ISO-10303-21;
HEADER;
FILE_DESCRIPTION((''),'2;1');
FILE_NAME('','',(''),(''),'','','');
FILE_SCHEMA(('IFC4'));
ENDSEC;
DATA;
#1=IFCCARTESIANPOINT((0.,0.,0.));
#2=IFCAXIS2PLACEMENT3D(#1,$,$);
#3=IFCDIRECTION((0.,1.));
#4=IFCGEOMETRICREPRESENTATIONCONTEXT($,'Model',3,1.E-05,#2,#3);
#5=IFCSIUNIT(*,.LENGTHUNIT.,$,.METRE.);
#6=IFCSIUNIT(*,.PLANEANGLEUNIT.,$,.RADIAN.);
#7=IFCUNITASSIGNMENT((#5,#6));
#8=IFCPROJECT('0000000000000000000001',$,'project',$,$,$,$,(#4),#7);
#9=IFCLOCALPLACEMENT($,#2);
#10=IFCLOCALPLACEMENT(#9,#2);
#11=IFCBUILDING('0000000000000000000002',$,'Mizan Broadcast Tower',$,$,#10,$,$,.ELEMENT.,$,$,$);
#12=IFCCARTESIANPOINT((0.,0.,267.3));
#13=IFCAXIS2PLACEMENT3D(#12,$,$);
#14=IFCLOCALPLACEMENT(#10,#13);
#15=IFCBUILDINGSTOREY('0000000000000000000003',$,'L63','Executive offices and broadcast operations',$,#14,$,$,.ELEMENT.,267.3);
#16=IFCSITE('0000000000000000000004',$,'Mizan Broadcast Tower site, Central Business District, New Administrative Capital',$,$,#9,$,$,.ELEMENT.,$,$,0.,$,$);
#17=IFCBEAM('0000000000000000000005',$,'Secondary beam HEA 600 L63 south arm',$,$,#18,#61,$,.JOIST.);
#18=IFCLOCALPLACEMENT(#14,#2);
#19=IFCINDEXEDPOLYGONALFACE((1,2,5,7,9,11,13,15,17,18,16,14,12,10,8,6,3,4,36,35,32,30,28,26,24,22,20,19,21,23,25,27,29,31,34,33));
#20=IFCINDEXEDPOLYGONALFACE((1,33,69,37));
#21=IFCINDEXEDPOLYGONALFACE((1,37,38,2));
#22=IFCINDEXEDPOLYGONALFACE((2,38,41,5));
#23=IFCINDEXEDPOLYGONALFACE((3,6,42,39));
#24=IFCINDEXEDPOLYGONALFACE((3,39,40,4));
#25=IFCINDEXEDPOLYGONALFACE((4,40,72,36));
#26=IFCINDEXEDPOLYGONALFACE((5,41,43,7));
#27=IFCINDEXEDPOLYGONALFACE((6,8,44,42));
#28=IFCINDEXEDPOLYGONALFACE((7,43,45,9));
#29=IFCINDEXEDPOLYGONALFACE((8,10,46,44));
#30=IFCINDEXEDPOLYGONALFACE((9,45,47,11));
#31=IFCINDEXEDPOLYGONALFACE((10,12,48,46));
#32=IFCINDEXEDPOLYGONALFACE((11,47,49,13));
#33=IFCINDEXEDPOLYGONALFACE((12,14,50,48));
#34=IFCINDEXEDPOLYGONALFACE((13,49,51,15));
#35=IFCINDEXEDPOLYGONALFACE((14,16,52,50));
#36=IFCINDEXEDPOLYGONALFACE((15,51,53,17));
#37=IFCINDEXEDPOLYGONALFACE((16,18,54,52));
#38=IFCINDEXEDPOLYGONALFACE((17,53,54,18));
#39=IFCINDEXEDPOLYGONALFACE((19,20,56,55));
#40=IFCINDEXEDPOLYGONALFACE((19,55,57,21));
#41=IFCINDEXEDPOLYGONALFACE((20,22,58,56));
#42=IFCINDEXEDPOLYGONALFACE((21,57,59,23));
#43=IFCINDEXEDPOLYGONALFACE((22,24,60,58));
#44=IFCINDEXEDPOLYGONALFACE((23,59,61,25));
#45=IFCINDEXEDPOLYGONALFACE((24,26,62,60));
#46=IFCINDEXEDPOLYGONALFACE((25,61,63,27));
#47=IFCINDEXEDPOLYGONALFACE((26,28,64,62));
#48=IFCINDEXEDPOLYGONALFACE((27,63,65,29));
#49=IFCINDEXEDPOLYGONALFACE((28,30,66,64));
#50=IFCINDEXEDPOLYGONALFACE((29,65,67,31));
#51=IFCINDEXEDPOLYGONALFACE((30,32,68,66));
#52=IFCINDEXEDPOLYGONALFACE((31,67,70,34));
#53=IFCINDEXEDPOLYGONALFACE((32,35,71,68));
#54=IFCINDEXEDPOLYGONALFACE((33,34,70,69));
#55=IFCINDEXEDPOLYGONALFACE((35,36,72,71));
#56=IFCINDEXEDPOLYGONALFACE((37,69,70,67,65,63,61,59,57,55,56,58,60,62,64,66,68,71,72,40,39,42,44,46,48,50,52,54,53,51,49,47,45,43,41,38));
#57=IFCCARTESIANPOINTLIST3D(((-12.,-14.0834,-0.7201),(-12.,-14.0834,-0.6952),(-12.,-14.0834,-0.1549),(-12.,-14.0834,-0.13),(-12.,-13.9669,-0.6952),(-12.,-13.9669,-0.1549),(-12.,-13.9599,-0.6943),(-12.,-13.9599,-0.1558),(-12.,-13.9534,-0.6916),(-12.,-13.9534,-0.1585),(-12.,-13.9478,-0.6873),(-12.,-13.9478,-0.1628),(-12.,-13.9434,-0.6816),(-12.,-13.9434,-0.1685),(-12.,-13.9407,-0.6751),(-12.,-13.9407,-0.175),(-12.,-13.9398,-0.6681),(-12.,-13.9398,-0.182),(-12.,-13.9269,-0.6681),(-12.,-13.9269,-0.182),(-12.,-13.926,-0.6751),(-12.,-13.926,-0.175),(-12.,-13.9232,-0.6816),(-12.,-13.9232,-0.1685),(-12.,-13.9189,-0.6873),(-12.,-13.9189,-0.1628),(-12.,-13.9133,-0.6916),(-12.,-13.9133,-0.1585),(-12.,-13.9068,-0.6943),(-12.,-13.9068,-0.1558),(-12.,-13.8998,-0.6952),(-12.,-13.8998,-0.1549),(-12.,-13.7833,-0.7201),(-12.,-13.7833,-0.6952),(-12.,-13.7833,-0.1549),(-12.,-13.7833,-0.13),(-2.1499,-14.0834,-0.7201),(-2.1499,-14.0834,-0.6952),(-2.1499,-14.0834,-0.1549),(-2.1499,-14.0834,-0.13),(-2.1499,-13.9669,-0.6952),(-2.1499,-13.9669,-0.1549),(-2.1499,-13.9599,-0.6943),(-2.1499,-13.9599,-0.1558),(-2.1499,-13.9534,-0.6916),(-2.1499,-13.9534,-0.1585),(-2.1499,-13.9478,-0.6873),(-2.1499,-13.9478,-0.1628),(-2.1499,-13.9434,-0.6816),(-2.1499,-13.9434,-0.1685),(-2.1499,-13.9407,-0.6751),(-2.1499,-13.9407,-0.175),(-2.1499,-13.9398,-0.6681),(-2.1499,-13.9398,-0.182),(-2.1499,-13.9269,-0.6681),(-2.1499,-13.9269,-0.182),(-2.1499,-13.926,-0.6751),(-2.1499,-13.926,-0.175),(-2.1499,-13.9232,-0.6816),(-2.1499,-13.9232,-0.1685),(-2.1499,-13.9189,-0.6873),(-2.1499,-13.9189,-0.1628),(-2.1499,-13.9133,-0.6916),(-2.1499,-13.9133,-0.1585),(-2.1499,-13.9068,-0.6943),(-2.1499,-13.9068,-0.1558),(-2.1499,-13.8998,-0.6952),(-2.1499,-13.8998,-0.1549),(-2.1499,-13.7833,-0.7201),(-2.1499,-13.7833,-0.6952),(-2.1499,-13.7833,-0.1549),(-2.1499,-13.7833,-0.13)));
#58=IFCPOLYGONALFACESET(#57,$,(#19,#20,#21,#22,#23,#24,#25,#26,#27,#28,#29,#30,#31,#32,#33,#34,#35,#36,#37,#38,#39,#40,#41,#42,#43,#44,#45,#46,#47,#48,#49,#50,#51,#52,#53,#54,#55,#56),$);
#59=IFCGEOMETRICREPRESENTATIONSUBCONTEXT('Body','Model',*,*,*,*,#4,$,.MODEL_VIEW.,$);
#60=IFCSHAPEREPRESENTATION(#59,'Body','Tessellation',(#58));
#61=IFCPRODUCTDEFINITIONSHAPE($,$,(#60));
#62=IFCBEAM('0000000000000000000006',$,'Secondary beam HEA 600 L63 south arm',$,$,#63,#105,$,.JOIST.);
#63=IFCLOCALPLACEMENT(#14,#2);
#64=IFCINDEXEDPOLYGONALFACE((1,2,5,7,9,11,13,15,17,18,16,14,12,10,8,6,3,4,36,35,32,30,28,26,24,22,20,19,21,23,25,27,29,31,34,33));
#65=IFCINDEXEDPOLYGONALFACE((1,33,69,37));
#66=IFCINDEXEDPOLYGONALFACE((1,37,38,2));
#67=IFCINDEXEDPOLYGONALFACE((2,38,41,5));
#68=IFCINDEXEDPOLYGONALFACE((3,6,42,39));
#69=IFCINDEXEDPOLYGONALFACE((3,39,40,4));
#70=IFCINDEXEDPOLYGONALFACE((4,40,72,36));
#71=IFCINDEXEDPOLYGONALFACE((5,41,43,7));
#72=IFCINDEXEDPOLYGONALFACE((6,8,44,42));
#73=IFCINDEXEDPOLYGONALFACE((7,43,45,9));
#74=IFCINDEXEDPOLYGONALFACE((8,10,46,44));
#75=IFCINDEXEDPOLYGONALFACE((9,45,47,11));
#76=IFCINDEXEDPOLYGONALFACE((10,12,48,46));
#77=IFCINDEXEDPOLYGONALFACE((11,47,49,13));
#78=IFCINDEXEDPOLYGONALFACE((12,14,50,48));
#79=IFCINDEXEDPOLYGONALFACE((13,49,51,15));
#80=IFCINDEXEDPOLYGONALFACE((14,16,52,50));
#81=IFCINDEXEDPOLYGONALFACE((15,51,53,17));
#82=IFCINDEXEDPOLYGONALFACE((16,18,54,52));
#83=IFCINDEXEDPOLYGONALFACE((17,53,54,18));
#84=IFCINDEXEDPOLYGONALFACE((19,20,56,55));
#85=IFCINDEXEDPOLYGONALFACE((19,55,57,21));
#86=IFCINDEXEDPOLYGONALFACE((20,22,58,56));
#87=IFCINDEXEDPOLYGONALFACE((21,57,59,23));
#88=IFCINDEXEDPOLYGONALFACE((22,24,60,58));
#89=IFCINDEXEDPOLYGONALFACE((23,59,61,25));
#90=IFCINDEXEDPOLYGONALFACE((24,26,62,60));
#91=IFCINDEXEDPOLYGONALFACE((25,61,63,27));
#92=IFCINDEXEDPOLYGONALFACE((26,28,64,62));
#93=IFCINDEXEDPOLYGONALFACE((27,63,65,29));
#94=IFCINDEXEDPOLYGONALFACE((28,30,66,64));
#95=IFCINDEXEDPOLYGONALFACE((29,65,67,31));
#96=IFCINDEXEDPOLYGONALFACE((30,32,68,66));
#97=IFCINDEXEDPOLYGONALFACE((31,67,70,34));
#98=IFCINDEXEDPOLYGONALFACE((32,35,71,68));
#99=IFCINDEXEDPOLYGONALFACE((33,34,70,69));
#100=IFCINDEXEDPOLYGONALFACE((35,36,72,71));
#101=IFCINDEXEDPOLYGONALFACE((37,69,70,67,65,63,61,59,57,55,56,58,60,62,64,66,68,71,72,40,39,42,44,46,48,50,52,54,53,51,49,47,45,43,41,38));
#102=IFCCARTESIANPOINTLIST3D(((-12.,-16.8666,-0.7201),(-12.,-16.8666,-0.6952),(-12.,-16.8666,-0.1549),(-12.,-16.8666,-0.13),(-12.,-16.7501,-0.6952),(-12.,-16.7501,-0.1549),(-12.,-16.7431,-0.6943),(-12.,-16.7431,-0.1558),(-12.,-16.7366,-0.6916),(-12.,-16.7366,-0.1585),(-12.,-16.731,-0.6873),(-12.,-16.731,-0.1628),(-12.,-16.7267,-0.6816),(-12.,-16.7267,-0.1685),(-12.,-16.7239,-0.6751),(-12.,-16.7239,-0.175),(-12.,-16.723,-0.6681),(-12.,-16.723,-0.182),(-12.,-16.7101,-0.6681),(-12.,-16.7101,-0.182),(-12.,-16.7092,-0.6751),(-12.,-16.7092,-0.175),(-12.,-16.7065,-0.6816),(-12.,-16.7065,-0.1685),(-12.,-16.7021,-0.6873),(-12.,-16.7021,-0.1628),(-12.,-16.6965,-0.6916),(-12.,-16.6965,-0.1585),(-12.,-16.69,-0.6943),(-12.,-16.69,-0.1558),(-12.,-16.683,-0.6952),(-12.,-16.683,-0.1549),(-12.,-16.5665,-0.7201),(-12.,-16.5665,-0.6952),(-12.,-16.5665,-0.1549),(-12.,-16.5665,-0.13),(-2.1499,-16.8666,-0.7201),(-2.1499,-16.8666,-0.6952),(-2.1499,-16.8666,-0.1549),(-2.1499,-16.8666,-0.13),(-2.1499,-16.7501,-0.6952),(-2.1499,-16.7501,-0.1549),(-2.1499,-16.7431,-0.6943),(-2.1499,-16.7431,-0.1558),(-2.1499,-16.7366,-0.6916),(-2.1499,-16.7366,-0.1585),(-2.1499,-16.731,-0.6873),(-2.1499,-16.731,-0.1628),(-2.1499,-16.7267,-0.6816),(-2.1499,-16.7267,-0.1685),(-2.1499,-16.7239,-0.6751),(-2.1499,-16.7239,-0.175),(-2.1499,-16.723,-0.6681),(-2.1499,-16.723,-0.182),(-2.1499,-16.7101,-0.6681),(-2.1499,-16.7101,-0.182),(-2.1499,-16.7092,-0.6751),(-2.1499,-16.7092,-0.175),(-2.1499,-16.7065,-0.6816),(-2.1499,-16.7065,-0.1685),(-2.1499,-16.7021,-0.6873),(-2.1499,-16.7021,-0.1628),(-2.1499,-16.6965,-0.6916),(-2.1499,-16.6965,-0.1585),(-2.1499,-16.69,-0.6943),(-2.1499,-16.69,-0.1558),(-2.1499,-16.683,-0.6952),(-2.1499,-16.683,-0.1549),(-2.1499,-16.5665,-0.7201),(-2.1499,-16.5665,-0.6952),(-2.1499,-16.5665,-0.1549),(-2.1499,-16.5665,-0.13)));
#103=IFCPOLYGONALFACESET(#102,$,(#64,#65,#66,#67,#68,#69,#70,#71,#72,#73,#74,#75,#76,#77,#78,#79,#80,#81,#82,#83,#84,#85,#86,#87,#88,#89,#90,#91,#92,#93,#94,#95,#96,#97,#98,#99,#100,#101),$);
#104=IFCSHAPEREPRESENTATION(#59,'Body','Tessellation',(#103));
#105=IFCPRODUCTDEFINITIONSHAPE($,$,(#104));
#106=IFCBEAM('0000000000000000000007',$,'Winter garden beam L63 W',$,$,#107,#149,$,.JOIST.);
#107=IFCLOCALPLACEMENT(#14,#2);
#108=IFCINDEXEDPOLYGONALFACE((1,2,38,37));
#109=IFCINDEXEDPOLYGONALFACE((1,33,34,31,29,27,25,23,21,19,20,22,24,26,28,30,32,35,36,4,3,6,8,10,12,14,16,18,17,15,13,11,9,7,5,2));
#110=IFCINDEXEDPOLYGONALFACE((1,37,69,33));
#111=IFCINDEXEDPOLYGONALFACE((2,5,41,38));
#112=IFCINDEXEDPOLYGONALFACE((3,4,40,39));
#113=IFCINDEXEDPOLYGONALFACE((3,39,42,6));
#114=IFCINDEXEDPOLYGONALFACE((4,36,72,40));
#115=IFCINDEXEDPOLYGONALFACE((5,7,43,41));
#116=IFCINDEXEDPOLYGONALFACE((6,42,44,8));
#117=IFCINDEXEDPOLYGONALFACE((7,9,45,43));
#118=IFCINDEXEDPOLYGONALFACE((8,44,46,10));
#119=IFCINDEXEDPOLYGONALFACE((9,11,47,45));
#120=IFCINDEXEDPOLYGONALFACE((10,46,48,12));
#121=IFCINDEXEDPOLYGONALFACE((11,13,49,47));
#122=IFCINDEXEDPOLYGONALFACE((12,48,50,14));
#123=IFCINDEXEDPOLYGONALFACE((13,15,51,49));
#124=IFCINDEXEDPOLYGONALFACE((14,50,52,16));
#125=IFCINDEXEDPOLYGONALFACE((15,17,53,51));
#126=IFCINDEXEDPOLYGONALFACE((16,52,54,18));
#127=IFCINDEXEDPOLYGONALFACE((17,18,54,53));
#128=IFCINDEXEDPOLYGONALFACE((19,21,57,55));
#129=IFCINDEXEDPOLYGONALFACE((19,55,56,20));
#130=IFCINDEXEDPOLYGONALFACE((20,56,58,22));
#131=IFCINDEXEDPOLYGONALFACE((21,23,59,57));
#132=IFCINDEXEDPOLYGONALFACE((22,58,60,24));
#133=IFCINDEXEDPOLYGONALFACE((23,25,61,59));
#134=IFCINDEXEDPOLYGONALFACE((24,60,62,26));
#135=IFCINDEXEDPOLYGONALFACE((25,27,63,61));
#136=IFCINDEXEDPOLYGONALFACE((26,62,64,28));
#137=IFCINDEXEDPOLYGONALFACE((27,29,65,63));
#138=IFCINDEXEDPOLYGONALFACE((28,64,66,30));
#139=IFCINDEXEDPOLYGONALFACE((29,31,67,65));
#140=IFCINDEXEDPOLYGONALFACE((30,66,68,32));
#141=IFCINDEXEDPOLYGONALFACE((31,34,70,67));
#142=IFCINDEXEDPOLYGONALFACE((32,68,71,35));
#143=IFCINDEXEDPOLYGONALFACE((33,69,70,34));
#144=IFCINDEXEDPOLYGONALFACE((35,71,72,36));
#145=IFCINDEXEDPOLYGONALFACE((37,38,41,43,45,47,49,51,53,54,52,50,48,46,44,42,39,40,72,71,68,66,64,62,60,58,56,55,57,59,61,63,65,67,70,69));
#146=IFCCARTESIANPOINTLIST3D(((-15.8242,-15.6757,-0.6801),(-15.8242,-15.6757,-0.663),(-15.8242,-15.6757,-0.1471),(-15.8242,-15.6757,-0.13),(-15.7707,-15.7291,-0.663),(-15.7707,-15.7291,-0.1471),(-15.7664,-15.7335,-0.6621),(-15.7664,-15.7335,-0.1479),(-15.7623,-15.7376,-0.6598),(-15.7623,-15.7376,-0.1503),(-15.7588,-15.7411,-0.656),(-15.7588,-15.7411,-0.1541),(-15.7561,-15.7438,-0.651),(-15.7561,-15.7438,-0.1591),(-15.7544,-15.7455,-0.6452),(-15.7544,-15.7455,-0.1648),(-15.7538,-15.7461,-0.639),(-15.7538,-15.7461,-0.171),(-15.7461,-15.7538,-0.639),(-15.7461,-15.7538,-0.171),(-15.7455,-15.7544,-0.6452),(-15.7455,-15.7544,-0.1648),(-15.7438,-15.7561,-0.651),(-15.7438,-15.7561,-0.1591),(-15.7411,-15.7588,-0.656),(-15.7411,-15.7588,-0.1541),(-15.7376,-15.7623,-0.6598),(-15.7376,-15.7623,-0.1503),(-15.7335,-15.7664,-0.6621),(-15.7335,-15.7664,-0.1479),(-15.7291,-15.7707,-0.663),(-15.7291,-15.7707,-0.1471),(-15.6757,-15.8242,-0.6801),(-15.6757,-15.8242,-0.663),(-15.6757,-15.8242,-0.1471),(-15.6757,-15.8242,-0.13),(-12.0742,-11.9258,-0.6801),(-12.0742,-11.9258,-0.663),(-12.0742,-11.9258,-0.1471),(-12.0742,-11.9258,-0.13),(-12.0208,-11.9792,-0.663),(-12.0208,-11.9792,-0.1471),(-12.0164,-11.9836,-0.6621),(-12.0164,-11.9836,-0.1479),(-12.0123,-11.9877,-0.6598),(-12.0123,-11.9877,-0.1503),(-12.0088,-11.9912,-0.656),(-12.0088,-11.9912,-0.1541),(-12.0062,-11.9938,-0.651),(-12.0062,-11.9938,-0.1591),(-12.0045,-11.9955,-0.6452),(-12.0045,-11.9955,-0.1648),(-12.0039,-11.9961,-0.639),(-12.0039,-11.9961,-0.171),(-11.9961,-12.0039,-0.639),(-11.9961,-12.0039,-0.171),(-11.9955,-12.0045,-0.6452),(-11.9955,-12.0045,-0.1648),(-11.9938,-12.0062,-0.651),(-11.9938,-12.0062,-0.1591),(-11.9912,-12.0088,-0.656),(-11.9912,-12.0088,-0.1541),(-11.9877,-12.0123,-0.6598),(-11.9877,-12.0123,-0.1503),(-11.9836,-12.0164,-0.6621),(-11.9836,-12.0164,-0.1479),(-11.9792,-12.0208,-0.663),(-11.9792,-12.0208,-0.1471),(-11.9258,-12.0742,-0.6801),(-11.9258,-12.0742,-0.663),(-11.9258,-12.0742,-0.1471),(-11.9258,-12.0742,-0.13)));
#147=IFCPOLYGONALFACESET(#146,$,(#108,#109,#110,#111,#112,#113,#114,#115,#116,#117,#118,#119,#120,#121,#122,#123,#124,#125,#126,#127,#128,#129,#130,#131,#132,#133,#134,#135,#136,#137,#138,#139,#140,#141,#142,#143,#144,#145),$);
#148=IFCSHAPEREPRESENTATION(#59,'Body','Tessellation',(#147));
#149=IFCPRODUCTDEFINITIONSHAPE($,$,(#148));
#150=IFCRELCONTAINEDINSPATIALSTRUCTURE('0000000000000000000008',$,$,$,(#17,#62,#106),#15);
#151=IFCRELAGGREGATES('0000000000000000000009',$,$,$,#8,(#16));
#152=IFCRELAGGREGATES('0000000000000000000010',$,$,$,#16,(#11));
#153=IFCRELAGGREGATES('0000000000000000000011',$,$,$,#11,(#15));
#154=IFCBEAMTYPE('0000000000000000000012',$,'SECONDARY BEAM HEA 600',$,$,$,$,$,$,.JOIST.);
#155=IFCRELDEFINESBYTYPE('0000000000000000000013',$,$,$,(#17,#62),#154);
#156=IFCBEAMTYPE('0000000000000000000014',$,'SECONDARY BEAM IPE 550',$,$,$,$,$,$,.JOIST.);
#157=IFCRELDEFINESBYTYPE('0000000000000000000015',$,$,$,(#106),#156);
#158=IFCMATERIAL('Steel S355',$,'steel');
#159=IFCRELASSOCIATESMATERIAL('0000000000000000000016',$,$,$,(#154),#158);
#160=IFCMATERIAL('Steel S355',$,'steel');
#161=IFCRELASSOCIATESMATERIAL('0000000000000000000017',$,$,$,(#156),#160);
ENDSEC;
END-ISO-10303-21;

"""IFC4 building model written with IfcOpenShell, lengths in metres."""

from ifc_helpers import new_model, si_unit, direction, frame, origin, origin_2d, place, context, subcontext, project, spatial, i_section, extrude, material, material_profile, profile_set, type_object, element, save


model = new_model("IFC4")

# Units and contexts
model_context = context("Model", 3, precision=1e-05, world=origin(), true_north=direction((0.0, 1.0)))
body_context = subcontext(model_context, "Body", "Model", "MODEL_VIEW")
ifc_project = project(units=[si_unit("LENGTHUNIT", "METRE"), si_unit("PLANEANGLEUNIT", "RADIAN")], contexts=[model_context])

# Site, building, storey
site_placement = place(None, origin())
site = spatial("IfcSite", under=ifc_project, at=site_placement, Name="Mizan Broadcast Tower site, Central Business District, New Administrative Capital", CompositionType="ELEMENT", RefElevation=0.0)
building_placement = place(site_placement, origin())
building = spatial("IfcBuilding", under=site, at=building_placement, Name="Mizan Broadcast Tower", CompositionType="ELEMENT")
storey_placement = place(building_placement, frame((0.0, 0.0, 267.3)))
storey = spatial("IfcBuildingStorey", under=building, at=storey_placement, Name="L63", Description="Executive offices and broadcast operations", CompositionType="ELEMENT", Elevation=267.3)

# Beams
ifc_material_1 = material(Name="Steel S355", Category="steel")
ifc_material_profile_1 = material_profile(ifc_material_1, i_section(OverallWidth=0.3, OverallDepth=0.5901, WebThickness=0.0129, FlangeThickness=0.0249, FilletRadius=0.0271, at=origin_2d()), Name="HEA 600")
ifc_profile_set_1 = profile_set([ifc_material_profile_1], Name="Steel S355")
beam_type_1 = type_object("IfcBeamType", Name="SECONDARY BEAM HEA 600", PredefinedType="JOIST", material=ifc_profile_set_1)
for number, where, z_axis, x_axis, name in (
    (1, (-12.0, -13.9333, -0.425), (1.0, 0.0, 0.0), (0.0, 1.0, 0.0), "Secondary beam HEA 600 L63 south arm"),
    (2, (-12.0, -16.7166, -0.425), (1.0, 0.0, 0.0), (0.0, 1.0, 0.0), "Secondary beam HEA 600 L63 south arm"),
):
    element("IfcBeam", number, at=place(storey_placement, frame(where, z_axis=z_axis, x_axis=x_axis)), inside=storey, type_object=beam_type_1, Name=name, PredefinedType="JOIST", context=body_context, shape_type="SweptSolid", body=[
        extrude(i_section(OverallWidth=0.3, OverallDepth=0.5901, WebThickness=0.0129, FlangeThickness=0.0249, FilletRadius=0.0271, at=origin_2d()), origin(), (0.0, 0.0, 1.0), 9.8501),
    ])
ifc_material_2 = material(Name="Steel S355", Category="steel")
ifc_material_profile_2 = material_profile(ifc_material_2, i_section(OverallWidth=0.21, OverallDepth=0.55, WebThickness=0.011, FlangeThickness=0.0171, FilletRadius=0.0239, at=origin_2d()), Name="IPE 550")
ifc_profile_set_2 = profile_set([ifc_material_profile_2], Name="Steel S355")
beam_type_2 = type_object("IfcBeamType", Name="SECONDARY BEAM IPE 550", PredefinedType="JOIST", material=ifc_profile_set_2)
beam_1_placement = place(storey_placement, frame((-12.0, -12.0, -0.405), z_axis=(-0.707107, -0.707107, 0.0), x_axis=(0.707107, -0.707107, 0.0)))
element("IfcBeam", 3, at=beam_1_placement, inside=storey, type_object=beam_type_2, Name="Winter garden beam L63 W", PredefinedType="JOIST", context=body_context, shape_type="SweptSolid", body=[
    extrude(i_section(OverallWidth=0.21, OverallDepth=0.55, WebThickness=0.011, FlangeThickness=0.0171, FilletRadius=0.0239, at=origin_2d()), origin(), (0.0, 0.0, 1.0), 5.3032),
])

save(model, "model.ifc")
